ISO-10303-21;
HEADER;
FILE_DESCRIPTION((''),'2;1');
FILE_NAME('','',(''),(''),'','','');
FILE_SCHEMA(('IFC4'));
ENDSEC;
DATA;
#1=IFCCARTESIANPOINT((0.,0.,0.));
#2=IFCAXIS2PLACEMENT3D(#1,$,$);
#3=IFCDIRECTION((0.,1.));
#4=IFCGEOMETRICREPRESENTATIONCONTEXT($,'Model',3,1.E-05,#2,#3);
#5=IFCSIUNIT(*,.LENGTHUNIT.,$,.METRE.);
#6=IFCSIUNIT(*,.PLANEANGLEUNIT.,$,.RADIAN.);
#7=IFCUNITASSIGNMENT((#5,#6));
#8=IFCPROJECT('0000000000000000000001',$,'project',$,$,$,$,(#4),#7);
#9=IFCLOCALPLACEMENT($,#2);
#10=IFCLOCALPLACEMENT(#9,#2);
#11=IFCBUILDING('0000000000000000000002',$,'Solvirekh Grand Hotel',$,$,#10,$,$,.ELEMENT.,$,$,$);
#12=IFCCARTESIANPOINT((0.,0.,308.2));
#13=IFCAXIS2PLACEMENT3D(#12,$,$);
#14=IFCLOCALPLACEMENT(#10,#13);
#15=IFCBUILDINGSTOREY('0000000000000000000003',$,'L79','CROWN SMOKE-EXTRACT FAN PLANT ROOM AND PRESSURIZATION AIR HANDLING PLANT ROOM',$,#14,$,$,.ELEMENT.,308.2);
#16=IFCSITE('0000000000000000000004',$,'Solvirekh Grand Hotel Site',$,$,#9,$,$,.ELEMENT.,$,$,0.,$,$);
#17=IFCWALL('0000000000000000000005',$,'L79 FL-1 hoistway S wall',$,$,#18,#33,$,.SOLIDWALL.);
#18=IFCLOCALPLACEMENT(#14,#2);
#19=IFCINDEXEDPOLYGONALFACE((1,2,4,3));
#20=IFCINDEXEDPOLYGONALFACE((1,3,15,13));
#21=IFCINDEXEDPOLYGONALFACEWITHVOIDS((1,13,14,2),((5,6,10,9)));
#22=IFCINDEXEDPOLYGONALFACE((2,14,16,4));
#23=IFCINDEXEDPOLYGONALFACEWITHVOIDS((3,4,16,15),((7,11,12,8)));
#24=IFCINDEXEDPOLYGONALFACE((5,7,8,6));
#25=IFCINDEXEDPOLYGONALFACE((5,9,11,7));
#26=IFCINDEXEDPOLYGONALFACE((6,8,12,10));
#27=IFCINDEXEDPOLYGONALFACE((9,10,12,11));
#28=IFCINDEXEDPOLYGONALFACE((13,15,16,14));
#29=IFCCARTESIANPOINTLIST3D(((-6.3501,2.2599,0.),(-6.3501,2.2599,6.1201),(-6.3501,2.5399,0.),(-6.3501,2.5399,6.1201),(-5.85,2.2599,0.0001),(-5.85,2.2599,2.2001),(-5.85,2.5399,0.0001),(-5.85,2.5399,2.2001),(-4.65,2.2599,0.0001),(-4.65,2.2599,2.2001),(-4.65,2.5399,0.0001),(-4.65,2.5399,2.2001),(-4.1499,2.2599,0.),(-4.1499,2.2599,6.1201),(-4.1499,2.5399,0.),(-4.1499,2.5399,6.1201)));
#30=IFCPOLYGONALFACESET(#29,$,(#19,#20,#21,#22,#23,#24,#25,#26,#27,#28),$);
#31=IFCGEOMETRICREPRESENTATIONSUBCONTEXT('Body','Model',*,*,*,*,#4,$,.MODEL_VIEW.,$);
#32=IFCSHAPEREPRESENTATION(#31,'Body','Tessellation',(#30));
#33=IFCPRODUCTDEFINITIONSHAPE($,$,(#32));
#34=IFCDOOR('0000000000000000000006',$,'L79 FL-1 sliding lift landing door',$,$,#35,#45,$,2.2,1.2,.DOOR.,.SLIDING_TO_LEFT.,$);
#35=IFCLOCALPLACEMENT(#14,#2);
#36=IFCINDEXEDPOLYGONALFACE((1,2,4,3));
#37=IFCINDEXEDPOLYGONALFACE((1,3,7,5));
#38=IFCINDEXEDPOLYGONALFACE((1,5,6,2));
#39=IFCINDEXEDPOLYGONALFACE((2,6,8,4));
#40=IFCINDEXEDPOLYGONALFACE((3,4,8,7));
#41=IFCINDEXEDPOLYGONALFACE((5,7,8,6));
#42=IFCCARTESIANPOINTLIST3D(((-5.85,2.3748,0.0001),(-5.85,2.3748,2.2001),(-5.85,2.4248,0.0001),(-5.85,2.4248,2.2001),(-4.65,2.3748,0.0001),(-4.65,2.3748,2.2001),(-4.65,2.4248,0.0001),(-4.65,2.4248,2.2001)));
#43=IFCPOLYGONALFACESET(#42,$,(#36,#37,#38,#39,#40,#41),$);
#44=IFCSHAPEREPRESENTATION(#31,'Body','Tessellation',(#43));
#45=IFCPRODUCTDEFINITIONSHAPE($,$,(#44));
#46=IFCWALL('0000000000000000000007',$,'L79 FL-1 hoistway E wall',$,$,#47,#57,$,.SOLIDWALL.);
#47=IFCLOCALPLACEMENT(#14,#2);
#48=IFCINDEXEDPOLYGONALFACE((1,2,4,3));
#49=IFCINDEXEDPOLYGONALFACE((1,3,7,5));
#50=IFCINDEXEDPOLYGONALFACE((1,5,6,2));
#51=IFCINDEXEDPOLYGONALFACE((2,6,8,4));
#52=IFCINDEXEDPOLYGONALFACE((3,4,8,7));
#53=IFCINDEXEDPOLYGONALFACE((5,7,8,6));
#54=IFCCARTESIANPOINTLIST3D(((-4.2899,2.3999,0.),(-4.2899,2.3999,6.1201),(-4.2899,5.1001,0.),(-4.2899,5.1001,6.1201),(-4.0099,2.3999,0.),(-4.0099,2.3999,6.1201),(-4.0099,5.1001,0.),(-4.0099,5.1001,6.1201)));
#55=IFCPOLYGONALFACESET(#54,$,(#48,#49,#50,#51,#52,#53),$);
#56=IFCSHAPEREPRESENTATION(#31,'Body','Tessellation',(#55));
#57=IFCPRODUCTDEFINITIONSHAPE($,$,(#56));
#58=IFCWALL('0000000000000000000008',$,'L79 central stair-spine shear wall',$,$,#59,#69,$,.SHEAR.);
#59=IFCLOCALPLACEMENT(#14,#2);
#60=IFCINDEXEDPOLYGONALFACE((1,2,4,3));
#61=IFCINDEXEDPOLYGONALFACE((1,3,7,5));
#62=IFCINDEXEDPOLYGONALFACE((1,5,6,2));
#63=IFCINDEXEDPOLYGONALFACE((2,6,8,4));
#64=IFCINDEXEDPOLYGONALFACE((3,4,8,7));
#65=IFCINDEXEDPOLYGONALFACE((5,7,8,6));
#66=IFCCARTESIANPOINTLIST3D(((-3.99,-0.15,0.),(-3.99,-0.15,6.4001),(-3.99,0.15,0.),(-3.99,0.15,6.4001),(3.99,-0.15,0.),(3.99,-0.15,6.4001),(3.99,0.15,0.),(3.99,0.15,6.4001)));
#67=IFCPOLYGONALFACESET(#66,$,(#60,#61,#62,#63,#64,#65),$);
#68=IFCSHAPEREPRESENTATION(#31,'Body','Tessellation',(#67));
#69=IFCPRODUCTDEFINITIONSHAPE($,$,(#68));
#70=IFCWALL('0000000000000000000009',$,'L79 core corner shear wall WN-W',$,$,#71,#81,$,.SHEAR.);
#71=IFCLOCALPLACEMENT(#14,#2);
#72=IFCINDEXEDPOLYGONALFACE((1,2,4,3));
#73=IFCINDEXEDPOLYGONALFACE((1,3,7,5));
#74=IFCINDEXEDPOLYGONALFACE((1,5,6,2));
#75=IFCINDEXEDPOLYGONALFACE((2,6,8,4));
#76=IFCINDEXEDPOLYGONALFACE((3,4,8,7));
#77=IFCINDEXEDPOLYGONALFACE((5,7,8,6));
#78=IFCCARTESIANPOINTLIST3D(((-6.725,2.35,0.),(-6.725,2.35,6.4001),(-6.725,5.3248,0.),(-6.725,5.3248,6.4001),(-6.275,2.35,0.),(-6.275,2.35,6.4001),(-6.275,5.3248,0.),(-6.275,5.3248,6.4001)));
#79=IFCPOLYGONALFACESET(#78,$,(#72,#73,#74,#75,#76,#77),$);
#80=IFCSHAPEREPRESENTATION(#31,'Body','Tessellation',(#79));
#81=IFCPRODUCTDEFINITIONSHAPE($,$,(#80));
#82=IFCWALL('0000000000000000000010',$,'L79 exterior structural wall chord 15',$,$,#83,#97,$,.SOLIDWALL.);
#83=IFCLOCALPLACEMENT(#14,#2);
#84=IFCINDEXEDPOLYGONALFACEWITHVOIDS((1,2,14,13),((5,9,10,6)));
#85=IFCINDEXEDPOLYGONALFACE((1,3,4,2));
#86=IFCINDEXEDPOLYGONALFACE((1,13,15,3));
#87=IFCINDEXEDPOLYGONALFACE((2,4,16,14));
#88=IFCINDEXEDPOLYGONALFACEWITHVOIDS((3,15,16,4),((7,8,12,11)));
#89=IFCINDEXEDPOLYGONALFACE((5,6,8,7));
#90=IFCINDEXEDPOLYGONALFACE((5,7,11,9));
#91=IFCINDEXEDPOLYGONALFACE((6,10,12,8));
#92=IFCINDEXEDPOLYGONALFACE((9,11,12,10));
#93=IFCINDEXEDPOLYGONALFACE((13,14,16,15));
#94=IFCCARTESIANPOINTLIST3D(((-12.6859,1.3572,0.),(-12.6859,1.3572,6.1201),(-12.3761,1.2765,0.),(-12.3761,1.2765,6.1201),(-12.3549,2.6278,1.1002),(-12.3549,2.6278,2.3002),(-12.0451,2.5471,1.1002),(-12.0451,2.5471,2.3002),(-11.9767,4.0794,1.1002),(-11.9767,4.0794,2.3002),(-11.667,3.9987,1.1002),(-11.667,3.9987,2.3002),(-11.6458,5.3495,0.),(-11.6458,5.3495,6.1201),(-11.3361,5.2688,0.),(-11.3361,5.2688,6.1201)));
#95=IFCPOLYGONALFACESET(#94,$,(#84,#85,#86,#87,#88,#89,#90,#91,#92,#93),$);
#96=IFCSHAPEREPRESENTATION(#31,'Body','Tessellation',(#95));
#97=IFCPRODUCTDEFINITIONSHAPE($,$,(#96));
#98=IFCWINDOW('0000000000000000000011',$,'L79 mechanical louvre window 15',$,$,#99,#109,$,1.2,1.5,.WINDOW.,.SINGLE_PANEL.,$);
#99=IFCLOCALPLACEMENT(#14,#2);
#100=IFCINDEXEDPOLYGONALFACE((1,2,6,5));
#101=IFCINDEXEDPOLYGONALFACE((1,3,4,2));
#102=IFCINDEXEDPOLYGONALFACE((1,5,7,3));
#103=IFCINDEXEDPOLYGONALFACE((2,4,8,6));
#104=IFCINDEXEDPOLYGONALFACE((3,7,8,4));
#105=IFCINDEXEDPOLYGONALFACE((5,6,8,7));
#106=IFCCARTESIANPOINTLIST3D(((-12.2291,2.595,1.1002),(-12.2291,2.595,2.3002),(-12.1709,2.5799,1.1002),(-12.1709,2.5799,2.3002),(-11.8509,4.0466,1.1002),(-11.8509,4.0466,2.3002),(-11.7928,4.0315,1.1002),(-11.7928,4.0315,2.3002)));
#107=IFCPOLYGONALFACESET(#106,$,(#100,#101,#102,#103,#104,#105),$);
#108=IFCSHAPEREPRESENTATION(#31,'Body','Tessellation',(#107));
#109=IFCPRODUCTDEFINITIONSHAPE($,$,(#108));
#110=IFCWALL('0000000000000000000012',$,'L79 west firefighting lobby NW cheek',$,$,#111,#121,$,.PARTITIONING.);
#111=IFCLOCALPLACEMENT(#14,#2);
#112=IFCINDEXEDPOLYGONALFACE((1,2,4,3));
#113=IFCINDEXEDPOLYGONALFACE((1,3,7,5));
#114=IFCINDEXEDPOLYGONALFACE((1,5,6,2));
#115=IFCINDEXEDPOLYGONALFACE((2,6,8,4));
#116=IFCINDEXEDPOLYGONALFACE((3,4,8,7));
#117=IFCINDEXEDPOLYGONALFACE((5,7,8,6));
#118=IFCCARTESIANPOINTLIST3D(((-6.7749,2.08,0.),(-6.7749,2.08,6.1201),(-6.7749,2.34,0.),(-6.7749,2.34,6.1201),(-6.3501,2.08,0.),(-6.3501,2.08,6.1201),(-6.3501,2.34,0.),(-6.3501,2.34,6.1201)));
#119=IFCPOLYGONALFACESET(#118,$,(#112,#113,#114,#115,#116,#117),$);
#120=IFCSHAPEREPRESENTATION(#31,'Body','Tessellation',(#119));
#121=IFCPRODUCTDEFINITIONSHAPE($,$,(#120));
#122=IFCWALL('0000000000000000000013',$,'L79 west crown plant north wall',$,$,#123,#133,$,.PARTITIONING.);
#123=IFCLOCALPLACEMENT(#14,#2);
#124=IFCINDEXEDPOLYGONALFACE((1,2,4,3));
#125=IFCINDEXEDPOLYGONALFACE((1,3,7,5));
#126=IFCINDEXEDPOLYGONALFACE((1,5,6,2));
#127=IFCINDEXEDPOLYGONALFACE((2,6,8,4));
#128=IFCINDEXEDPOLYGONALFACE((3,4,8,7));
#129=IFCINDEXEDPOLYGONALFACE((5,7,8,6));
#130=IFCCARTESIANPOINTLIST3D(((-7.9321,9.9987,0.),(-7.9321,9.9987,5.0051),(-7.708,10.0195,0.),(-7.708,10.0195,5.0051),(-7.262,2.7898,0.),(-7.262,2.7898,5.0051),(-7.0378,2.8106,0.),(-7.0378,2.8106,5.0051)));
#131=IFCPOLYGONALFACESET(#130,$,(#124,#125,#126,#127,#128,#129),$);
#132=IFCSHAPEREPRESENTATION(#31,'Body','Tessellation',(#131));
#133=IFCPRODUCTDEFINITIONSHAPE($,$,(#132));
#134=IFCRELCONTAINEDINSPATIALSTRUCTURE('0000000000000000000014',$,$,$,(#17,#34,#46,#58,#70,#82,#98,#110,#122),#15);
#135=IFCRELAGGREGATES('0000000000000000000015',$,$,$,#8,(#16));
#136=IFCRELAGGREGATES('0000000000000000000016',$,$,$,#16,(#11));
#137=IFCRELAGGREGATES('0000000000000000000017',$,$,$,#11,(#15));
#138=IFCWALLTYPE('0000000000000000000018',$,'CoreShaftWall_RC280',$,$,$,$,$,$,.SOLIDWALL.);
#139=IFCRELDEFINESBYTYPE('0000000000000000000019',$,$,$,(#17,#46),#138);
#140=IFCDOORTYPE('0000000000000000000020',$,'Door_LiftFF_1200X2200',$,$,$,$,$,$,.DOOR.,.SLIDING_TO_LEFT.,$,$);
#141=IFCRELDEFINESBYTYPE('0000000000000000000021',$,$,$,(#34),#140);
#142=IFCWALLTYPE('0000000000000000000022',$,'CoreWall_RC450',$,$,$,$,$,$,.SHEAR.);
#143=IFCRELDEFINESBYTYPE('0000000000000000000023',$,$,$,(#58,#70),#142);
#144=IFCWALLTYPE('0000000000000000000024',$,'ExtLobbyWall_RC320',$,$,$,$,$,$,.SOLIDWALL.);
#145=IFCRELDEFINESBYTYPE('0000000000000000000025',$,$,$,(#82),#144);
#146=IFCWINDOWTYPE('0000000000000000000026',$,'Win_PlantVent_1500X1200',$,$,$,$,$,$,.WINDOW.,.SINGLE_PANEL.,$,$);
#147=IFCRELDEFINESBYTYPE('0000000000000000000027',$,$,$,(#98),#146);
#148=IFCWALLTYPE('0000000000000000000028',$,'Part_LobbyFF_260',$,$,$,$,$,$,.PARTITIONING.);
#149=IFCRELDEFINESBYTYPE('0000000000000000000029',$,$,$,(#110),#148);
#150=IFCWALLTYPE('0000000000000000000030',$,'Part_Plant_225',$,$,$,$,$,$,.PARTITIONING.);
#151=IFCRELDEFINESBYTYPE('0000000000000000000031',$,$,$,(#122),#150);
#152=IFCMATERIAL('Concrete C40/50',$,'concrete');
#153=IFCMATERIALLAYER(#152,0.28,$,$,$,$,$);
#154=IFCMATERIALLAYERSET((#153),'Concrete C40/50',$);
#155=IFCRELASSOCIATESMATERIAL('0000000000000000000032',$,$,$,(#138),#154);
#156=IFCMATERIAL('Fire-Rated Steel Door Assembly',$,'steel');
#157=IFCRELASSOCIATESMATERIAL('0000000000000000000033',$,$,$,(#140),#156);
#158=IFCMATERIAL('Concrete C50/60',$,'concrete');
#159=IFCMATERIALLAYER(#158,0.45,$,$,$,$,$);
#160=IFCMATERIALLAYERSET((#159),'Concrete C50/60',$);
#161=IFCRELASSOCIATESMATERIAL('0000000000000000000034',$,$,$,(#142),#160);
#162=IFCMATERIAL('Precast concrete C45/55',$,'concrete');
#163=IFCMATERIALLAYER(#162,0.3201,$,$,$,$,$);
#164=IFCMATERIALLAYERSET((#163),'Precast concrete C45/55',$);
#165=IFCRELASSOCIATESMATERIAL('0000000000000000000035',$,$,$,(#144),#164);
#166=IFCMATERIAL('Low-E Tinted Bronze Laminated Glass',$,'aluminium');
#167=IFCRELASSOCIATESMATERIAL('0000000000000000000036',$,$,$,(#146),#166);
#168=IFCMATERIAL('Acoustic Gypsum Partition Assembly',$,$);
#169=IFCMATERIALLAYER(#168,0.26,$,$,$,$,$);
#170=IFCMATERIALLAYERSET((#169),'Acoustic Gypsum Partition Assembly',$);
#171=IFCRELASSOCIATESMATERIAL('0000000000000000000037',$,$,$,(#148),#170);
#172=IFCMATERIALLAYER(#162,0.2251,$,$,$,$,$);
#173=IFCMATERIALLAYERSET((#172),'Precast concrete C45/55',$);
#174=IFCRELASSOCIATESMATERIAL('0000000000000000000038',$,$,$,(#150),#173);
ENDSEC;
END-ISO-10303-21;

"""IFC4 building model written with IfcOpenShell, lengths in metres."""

from ifc_helpers import new_model, si_unit, direction, frame, frame_2d, origin, place, context, subcontext, project, spatial, rectangle, extrude, material, layer, layer_set, type_object, element, fill, save


model = new_model("IFC4")

# Units and contexts
model_context = context("Model", 3, precision=1e-05, world=origin(), true_north=direction((0.0, 1.0)))
body_context = subcontext(model_context, "Body", "Model", "MODEL_VIEW")
ifc_project = project(units=[si_unit("LENGTHUNIT", "METRE"), si_unit("PLANEANGLEUNIT", "RADIAN")], contexts=[model_context])

# Site, building, storey
site_placement = place(None, origin())
site = spatial("IfcSite", under=ifc_project, at=site_placement, Name="Solvirekh Grand Hotel Site", CompositionType="ELEMENT", RefElevation=0.0)
building_placement = place(site_placement, origin())
building = spatial("IfcBuilding", under=site, at=building_placement, Name="Solvirekh Grand Hotel", CompositionType="ELEMENT")
storey_placement = place(building_placement, frame((0.0, 0.0, 308.2)))
storey = spatial("IfcBuildingStorey", under=building, at=storey_placement, Name="L79", Description="CROWN SMOKE-EXTRACT FAN PLANT ROOM AND PRESSURIZATION AIR HANDLING PLANT ROOM", CompositionType="ELEMENT", Elevation=308.2)

# Shared definitions
ifc_material_1 = material(Name="Concrete C50/60", Category="concrete")

# Wall, opening, door
ifc_material_2 = material(Name="Concrete C40/50", Category="concrete")
ifc_layer_1 = layer(ifc_material_2, 0.28)
ifc_layer_set_1 = layer_set([ifc_layer_1], Name="Concrete C40/50")
wall_type_1 = type_object("IfcWallType", Name="CoreShaftWall_RC280", PredefinedType="SOLIDWALL", material=ifc_layer_set_1)
wall_1_placement = place(storey_placement, frame((-6.3501, 2.3999, 0.0), z_axis=(0.0, 0.0, 1.0), x_axis=(1.0, 0.0, 0.0)))
wall_1 = element("IfcWall", 1, at=wall_1_placement, inside=storey, type_object=wall_type_1, Name="L79 FL-1 hoistway S wall", PredefinedType="SOLIDWALL", context=body_context, shape_type="SweptSolid", body=[
    extrude(rectangle(XDim=2.2002, YDim=0.28, at=frame_2d((1.1001, 0.0))), origin(), (0.0, 0.0, 1.0), 6.1201),
])
opening_1_placement = place(wall_1_placement, frame((0.5, 0.0, 0.0)))
opening_1 = element("IfcOpeningElement", 2, at=opening_1_placement, cuts=wall_1, PredefinedType="OPENING", context=body_context, shape_type="SweptSolid", body=[
    extrude(rectangle(XDim=1.2, YDim=2.2, at=frame_2d((0.6001, 1.1001))), frame((0.0, 0.1499, 0.0), z_axis=(0.0, -1.0, 0.0), x_axis=(1.0, 0.0, 0.0)), (0.0, 0.0, 1.0), 0.3),
])
ifc_material_3 = material(Name="Fire-Rated Steel Door Assembly", Category="steel")
door_type = type_object("IfcDoorType", Name="Door_LiftFF_1200X2200", OperationType="SLIDING_TO_LEFT", PredefinedType="DOOR", material=ifc_material_3)
door_placement = place(opening_1_placement, origin())
door = element("IfcDoor", 3, at=door_placement, inside=storey, type_object=door_type, Name="L79 FL-1 sliding lift landing door", OperationType="SLIDING_TO_LEFT", OverallHeight=2.2, OverallWidth=1.2, PredefinedType="DOOR", context=body_context, shape_type="SweptSolid", body=[
    extrude(rectangle(XDim=1.2, YDim=2.2, at=frame_2d((0.6001, 1.1001))), frame((0.0, 0.0249, 0.0), z_axis=(0.0, -1.0, 0.0), x_axis=(1.0, 0.0, 0.0)), (0.0, 0.0, 1.0), 0.05),
])
fill(opening_1, door)

# Walls
wall_2_placement = place(storey_placement, frame((-4.1499, 2.3999, 0.0), z_axis=(0.0, 0.0, 1.0), x_axis=(0.0, 1.0, 0.0)))
element("IfcWall", 4, at=wall_2_placement, inside=storey, type_object=wall_type_1, Name="L79 FL-1 hoistway E wall", PredefinedType="SOLIDWALL", context=body_context, shape_type="SweptSolid", body=[
    extrude(rectangle(XDim=2.7002, YDim=0.28, at=frame_2d((1.3501, 0.0))), origin(), (0.0, 0.0, 1.0), 6.1201),
])
ifc_layer_2 = layer(ifc_material_1, 0.45)
ifc_layer_set_2 = layer_set([ifc_layer_2], Name="Concrete C50/60")
wall_type_2 = type_object("IfcWallType", Name="CoreWall_RC450", PredefinedType="SHEAR", material=ifc_layer_set_2)
wall_3_placement = place(storey_placement, frame((-3.99, 0.0, 0.0), z_axis=(0.0, 0.0, 1.0), x_axis=(1.0, 0.0, 0.0)))
element("IfcWall", 5, at=wall_3_placement, inside=storey, type_object=wall_type_2, Name="L79 central stair-spine shear wall", PredefinedType="SHEAR", context=body_context, shape_type="SweptSolid", body=[
    extrude(rectangle(XDim=7.98, YDim=0.3, at=frame_2d((3.99, 0.0))), origin(), (0.0, 0.0, 1.0), 6.4001),
])
wall_4_placement = place(storey_placement, frame((-6.5, 2.3501, 0.0), z_axis=(0.0, 0.0, 1.0), x_axis=(0.0, 1.0, 0.0)))
element("IfcWall", 6, at=wall_4_placement, inside=storey, type_object=wall_type_2, Name="L79 core corner shear wall WN-W", PredefinedType="SHEAR", context=body_context, shape_type="SweptSolid", body=[
    extrude(rectangle(XDim=2.9749, YDim=0.45, at=frame_2d((1.4873, 0.0))), origin(), (0.0, 0.0, 1.0), 6.4001),
])

# Wall, opening, window
ifc_material_4 = material(Name="Precast concrete C45/55", Category="concrete")
ifc_layer_3 = layer(ifc_material_4, 0.3201)
ifc_layer_set_3 = layer_set([ifc_layer_3], Name="Precast concrete C45/55")
wall_type_3 = type_object("IfcWallType", Name="ExtLobbyWall_RC320", PredefinedType="SOLIDWALL", material=ifc_layer_set_3)
wall_5_placement = place(storey_placement, frame((-12.531, 1.3169, 0.0), z_axis=(0.0, 0.0, 1.0), x_axis=(0.252104, 0.9677, 0.0)))
wall_5 = element("IfcWall", 7, at=wall_5_placement, inside=storey, type_object=wall_type_3, Name="L79 exterior structural wall chord 15", PredefinedType="SOLIDWALL", context=body_context, shape_type="SweptSolid", body=[
    extrude(rectangle(XDim=4.1255, YDim=0.3201, at=frame_2d((2.0627, 0.0))), origin(), (0.0, 0.0, 1.0), 6.1201),
])
opening_2_placement = place(wall_5_placement, frame((1.313, 0.0, 1.1001)))
opening_2 = element("IfcOpeningElement", 8, at=opening_2_placement, cuts=wall_5, PredefinedType="OPENING", context=body_context, shape_type="SweptSolid", body=[
    extrude(rectangle(XDim=1.5, YDim=1.2, at=frame_2d((0.75, 0.6001))), frame((0.0, 0.1699, 0.0), z_axis=(0.0, -1.0, 0.0), x_axis=(1.0, 0.0, 0.0)), (0.0, 0.0, 1.0), 0.3401),
])
ifc_material_5 = material(Name="Low-E Tinted Bronze Laminated Glass", Category="aluminium")
window_type = type_object("IfcWindowType", Name="Win_PlantVent_1500X1200", PartitioningType="SINGLE_PANEL", PredefinedType="WINDOW", material=ifc_material_5)
window_placement = place(opening_2_placement, origin())
window = element("IfcWindow", 9, at=window_placement, inside=storey, type_object=window_type, Name="L79 mechanical louvre window 15", OverallHeight=1.2, OverallWidth=1.5, PartitioningType="SINGLE_PANEL", PredefinedType="WINDOW", context=body_context, shape_type="SweptSolid", body=[
    extrude(rectangle(XDim=1.5, YDim=1.2, at=frame_2d((0.75, 0.6001))), frame((0.0, 0.03, 0.0), z_axis=(0.0, -1.0, 0.0), x_axis=(1.0, 0.0, 0.0)), (0.0, 0.0, 1.0), 0.0601),
])
fill(opening_2, window)

# Walls
ifc_material_6 = material(Name="Acoustic Gypsum Partition Assembly")
ifc_layer_4 = layer(ifc_material_6, 0.26)
ifc_layer_set_4 = layer_set([ifc_layer_4], Name="Acoustic Gypsum Partition Assembly")
wall_type_4 = type_object("IfcWallType", Name="Part_LobbyFF_260", PredefinedType="PARTITIONING", material=ifc_layer_set_4)
wall_6_placement = place(storey_placement, frame((-6.7749, 2.21, 0.0), z_axis=(0.0, 0.0, 1.0), x_axis=(1.0, 0.0, 0.0)))
element("IfcWall", 10, at=wall_6_placement, inside=storey, type_object=wall_type_4, Name="L79 west firefighting lobby NW cheek", PredefinedType="PARTITIONING", context=body_context, shape_type="SweptSolid", body=[
    extrude(rectangle(XDim=0.4248, YDim=0.26, at=frame_2d((0.2124, 0.0))), origin(), (0.0, 0.0, 1.0), 6.1201),
])
ifc_layer_5 = layer(ifc_material_4, 0.2251)
ifc_layer_set_5 = layer_set([ifc_layer_5], Name="Precast concrete C45/55")
wall_type_5 = type_object("IfcWallType", Name="Part_Plant_225", PredefinedType="PARTITIONING", material=ifc_layer_set_5)
wall_7_placement = place(storey_placement, frame((-7.1499, 2.8, 0.0), z_axis=(0.0, 0.0, 1.0), x_axis=(-0.092564, 0.995707, 0.0)))
element("IfcWall", 11, at=wall_7_placement, inside=storey, type_object=wall_type_5, Name="L79 west crown plant north wall", PredefinedType="PARTITIONING", context=body_context, shape_type="SweptSolid", body=[
    extrude(rectangle(XDim=7.24, YDim=0.2251, at=frame_2d((3.6201, 0.0))), origin(), (0.0, 0.0, 1.0), 5.0051),
])

save(model, "model.ifc")
